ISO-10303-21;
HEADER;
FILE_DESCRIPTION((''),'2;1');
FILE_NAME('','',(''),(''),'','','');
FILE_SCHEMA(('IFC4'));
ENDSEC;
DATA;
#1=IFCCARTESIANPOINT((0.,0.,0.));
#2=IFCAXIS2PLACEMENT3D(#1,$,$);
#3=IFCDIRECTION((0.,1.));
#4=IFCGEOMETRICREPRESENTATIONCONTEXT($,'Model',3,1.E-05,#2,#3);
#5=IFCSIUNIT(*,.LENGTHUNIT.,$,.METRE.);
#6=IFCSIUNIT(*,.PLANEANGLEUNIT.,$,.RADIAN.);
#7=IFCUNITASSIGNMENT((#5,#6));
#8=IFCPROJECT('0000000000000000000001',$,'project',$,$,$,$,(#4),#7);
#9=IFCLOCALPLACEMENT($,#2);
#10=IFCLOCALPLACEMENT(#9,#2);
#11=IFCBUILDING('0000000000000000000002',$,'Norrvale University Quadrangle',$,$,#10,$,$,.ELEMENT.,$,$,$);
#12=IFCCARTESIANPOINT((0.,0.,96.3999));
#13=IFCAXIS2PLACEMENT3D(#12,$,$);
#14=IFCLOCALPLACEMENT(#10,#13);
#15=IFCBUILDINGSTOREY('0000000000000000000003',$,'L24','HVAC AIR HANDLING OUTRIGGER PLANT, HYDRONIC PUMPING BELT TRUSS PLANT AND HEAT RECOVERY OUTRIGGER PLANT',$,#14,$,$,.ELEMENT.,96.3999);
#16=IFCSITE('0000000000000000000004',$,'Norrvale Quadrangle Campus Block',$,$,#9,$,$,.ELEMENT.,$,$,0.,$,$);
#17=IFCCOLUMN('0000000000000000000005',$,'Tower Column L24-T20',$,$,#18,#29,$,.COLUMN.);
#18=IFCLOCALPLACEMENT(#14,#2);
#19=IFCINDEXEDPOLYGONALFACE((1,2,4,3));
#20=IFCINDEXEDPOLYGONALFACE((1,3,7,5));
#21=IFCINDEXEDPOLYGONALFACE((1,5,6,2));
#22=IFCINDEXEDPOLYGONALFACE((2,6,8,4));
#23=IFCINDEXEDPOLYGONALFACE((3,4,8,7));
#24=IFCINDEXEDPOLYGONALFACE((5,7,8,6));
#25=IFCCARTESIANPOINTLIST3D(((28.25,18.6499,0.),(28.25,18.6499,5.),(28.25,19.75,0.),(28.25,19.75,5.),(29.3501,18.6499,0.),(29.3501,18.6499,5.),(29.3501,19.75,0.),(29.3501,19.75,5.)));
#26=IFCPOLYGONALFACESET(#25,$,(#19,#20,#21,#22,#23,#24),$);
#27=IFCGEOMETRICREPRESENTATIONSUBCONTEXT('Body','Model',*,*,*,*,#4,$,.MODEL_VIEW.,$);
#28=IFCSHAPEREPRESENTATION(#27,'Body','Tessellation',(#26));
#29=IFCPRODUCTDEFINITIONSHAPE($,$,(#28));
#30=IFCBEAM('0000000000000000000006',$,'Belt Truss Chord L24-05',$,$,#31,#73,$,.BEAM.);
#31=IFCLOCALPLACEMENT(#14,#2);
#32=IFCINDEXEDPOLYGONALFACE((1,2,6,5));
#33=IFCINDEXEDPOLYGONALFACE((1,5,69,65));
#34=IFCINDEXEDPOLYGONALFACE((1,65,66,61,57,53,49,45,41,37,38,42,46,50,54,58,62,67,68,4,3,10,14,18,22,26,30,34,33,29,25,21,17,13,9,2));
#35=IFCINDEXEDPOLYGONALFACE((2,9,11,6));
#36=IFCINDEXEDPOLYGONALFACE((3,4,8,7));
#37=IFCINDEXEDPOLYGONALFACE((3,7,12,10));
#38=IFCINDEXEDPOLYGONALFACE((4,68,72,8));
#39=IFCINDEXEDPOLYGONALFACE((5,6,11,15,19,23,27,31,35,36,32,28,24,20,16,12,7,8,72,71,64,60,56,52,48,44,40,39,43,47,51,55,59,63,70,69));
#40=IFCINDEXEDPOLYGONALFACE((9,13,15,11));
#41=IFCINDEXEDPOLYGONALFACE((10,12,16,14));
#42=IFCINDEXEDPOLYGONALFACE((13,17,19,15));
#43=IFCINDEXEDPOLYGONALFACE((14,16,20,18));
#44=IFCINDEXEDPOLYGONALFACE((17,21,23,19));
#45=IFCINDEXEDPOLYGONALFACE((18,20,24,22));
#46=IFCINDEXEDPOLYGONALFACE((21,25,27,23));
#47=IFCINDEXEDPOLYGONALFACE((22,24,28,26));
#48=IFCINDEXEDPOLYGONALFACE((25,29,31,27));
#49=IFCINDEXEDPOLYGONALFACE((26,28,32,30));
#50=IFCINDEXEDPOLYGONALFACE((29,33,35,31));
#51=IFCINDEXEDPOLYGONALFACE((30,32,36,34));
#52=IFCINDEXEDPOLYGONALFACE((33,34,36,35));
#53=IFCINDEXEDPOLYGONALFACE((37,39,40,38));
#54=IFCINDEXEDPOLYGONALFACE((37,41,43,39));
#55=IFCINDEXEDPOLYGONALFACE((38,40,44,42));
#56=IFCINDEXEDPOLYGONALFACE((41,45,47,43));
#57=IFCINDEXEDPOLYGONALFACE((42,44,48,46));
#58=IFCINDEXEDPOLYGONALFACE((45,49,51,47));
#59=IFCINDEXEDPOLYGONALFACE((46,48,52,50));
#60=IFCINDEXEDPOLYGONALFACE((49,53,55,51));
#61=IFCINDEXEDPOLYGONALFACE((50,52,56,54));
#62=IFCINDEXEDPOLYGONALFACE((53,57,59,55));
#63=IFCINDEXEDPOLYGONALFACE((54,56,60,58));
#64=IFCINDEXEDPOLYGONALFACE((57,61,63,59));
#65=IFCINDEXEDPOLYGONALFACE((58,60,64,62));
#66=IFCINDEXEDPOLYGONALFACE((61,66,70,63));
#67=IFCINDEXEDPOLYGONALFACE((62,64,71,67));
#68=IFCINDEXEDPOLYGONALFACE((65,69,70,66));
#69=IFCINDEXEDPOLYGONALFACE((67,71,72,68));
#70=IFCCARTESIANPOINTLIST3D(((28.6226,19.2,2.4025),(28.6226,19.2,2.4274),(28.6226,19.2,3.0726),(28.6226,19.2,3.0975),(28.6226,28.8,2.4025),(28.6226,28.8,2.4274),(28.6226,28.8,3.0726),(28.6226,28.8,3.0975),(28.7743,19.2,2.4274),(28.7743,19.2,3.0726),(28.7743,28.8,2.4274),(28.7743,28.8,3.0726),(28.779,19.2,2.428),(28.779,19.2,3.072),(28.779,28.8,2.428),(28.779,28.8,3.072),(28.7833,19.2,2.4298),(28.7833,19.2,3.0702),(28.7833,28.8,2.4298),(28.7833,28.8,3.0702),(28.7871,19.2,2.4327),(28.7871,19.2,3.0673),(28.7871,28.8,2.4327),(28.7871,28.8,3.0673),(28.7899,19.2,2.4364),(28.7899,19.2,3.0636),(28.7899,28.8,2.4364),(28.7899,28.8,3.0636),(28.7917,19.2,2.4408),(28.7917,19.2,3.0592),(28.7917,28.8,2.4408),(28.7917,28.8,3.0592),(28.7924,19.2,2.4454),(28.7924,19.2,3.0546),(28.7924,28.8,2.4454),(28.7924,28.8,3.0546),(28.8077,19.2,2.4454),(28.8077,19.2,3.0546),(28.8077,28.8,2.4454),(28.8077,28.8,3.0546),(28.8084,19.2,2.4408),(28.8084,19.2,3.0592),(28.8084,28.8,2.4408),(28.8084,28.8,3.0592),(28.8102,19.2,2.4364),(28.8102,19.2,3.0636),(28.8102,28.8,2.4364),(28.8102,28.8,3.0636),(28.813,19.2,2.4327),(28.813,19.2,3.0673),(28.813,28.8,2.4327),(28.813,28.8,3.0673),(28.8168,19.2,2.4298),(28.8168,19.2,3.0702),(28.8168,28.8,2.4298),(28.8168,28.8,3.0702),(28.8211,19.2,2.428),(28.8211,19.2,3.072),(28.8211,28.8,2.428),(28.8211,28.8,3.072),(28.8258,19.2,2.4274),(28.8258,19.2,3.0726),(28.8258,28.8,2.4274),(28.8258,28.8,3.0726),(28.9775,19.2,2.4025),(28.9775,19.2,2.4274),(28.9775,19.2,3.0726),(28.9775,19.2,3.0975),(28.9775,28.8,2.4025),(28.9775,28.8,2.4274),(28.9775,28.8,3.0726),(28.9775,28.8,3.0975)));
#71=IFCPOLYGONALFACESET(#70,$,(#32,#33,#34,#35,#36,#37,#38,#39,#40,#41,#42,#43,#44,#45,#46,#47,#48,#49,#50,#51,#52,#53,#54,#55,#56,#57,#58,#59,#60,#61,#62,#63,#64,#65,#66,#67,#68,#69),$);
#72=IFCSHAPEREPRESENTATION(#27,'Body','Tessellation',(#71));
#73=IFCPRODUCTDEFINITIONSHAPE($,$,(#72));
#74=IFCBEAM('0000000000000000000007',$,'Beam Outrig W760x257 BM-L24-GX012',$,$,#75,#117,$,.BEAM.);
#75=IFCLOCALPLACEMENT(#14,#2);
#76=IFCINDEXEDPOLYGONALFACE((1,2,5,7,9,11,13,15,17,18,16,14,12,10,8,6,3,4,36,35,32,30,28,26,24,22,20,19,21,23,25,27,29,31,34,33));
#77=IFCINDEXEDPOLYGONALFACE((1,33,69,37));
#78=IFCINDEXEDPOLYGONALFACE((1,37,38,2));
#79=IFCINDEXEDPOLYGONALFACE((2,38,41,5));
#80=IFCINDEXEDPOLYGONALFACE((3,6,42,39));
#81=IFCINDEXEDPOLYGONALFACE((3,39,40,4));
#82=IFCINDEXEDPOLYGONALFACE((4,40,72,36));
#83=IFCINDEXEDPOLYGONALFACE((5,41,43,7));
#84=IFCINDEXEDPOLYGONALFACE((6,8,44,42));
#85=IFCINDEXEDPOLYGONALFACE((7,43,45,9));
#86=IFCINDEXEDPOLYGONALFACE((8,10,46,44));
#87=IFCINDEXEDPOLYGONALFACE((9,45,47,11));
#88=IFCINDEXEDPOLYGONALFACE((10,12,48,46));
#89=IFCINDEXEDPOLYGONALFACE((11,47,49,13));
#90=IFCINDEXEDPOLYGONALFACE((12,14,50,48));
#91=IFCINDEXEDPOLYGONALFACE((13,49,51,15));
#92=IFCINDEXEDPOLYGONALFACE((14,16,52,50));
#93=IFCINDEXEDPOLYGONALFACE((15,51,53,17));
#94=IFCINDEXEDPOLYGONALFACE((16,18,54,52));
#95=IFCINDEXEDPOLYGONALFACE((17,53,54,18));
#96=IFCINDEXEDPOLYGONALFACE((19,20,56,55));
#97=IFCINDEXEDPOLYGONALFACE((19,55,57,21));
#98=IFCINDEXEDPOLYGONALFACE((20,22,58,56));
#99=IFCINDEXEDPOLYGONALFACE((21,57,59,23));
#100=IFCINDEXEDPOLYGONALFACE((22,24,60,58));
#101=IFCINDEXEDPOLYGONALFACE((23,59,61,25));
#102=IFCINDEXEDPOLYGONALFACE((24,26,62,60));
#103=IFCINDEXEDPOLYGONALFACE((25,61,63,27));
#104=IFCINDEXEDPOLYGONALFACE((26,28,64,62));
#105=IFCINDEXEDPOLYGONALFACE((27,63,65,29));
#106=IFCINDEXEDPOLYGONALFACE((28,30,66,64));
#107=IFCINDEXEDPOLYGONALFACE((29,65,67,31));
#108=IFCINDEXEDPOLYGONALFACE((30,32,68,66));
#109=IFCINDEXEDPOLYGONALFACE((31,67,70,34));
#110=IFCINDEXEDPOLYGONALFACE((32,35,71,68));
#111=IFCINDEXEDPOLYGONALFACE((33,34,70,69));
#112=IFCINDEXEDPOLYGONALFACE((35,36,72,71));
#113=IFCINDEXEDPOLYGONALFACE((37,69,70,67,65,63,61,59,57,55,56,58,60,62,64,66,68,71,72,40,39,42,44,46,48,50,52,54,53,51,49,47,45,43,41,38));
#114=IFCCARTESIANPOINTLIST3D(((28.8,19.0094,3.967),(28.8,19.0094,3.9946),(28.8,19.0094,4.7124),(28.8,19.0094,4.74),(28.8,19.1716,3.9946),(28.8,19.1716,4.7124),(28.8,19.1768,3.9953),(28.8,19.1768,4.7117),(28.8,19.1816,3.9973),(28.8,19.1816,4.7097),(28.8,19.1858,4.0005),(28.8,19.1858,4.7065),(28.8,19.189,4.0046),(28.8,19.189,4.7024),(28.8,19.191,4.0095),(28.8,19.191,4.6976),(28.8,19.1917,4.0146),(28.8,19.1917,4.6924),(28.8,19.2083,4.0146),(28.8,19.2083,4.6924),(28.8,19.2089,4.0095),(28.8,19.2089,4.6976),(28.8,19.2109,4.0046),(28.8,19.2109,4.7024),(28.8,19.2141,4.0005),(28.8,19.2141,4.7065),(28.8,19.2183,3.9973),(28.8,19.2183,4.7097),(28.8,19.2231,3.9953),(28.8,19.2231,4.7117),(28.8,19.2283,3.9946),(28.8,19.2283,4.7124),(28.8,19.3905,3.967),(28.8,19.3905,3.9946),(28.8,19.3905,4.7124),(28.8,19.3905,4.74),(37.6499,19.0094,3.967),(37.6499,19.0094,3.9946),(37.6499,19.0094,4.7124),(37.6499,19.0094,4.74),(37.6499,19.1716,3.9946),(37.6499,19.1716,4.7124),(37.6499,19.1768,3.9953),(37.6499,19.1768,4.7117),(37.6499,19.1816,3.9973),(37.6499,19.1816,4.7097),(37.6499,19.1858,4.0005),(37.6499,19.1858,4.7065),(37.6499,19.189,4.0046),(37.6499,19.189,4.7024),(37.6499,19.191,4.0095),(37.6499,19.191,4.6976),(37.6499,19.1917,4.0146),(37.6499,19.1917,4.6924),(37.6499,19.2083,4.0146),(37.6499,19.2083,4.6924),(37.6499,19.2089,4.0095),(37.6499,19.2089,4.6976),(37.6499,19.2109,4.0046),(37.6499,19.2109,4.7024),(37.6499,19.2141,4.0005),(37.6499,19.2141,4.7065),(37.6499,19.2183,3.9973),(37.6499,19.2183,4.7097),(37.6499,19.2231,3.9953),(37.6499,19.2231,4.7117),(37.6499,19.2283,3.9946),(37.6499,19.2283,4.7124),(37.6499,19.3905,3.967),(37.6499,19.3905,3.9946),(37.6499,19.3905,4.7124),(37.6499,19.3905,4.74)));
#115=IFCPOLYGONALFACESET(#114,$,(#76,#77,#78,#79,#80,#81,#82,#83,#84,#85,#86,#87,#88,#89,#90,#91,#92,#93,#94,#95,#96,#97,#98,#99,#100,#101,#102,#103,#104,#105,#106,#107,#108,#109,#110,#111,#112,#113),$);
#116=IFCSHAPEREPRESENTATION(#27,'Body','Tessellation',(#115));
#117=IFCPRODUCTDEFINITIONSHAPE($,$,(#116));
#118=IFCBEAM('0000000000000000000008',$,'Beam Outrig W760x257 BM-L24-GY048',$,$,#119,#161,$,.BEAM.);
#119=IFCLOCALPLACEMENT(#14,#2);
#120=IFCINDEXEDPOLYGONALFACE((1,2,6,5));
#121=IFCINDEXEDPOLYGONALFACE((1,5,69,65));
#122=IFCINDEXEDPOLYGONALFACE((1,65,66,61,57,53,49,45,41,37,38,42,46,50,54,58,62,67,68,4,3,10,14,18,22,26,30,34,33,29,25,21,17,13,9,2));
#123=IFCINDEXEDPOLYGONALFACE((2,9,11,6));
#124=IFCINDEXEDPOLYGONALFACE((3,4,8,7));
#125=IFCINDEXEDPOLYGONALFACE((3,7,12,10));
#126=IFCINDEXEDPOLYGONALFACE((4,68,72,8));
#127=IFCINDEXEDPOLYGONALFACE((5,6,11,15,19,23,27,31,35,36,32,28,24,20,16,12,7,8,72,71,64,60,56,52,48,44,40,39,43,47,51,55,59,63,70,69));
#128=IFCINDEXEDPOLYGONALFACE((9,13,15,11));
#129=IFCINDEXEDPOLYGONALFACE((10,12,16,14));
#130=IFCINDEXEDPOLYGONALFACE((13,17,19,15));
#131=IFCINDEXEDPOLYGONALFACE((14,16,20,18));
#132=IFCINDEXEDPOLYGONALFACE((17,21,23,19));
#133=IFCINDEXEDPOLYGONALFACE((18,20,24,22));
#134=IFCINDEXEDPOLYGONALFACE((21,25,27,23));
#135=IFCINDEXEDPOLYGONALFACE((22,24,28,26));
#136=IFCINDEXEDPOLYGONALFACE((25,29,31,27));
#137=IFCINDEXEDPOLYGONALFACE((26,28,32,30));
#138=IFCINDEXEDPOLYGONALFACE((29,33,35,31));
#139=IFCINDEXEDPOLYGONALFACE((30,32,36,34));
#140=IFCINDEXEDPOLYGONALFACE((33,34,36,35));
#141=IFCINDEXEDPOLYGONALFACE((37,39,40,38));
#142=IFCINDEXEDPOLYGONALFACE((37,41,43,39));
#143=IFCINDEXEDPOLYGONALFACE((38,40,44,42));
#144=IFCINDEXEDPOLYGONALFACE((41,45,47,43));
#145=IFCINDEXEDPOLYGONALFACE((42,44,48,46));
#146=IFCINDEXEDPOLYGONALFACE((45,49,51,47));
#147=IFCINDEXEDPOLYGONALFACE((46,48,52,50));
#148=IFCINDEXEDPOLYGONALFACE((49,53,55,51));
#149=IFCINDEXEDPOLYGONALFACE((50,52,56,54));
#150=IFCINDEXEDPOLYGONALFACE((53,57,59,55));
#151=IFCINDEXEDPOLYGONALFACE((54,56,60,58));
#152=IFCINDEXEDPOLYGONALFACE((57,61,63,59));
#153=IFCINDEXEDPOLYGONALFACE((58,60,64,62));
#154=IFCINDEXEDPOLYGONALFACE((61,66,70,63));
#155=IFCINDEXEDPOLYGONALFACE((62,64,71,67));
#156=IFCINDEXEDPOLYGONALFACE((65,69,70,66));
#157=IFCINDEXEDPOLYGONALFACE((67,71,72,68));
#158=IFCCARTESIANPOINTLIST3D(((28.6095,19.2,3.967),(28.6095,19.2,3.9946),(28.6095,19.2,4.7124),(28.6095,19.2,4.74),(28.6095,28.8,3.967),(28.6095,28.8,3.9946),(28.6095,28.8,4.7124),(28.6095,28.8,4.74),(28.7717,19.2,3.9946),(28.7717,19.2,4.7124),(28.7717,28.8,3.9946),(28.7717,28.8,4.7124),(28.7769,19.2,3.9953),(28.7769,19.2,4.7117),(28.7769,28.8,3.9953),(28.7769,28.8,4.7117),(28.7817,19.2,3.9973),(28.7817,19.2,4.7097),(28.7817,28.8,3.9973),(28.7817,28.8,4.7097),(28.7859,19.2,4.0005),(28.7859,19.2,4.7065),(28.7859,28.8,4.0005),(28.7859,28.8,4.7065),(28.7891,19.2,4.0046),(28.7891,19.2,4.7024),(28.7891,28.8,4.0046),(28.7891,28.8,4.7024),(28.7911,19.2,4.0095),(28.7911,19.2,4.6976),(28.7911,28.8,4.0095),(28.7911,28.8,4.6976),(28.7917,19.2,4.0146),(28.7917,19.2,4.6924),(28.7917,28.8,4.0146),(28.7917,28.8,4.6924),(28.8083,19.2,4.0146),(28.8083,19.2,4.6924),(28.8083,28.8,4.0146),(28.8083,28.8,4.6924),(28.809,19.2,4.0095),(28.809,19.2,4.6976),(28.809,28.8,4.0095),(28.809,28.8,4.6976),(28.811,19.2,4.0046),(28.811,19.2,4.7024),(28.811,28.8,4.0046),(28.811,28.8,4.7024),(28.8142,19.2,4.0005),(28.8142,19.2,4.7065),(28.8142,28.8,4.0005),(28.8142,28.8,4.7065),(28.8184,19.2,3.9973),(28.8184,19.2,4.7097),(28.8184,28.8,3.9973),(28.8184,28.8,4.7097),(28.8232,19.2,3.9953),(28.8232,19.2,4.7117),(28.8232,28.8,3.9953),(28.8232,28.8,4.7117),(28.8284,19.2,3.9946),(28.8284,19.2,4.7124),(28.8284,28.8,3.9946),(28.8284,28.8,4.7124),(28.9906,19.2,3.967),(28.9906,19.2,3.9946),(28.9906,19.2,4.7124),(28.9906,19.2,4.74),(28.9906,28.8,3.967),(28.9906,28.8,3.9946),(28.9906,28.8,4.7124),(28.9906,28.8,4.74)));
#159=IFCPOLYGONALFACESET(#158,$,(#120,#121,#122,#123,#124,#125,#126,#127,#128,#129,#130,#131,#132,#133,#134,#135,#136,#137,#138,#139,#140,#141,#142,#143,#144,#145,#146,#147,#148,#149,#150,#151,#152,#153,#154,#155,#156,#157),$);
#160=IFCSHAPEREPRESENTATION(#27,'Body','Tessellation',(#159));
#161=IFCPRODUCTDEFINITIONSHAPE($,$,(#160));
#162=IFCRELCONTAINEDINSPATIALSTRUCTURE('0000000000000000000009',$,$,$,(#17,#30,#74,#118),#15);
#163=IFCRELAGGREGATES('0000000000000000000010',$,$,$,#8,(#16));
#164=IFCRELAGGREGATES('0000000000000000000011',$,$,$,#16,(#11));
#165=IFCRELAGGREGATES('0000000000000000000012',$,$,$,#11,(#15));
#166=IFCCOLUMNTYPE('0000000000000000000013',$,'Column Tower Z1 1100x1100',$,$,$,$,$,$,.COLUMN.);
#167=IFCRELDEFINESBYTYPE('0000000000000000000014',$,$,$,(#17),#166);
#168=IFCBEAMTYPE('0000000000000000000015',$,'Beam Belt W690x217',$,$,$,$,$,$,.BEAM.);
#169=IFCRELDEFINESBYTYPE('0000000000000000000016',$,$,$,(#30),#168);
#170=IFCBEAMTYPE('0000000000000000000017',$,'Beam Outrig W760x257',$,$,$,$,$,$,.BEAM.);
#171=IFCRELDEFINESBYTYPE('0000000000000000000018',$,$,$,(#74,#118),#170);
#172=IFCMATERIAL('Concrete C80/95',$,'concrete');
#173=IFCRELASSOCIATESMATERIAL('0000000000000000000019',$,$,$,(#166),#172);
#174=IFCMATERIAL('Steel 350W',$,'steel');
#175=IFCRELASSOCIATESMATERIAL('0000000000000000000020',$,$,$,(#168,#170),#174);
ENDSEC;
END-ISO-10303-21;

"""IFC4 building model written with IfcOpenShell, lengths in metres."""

from ifc_helpers import new_model, si_unit, direction, frame, origin, origin_2d, place, context, subcontext, project, spatial, rectangle, i_section, extrude, material, material_profile, profile_set, type_object, element, save


model = new_model("IFC4")

# Units and contexts
model_context = context("Model", 3, precision=1e-05, world=origin(), true_north=direction((0.0, 1.0)))
body_context = subcontext(model_context, "Body", "Model", "MODEL_VIEW")
ifc_project = project(units=[si_unit("LENGTHUNIT", "METRE"), si_unit("PLANEANGLEUNIT", "RADIAN")], contexts=[model_context])

# Site, building, storey
site_placement = place(None, origin())
site = spatial("IfcSite", under=ifc_project, at=site_placement, Name="Norrvale Quadrangle Campus Block", CompositionType="ELEMENT", RefElevation=0.0)
building_placement = place(site_placement, origin())
building = spatial("IfcBuilding", under=site, at=building_placement, Name="Norrvale University Quadrangle", CompositionType="ELEMENT")
storey_placement = place(building_placement, frame((0.0, 0.0, 96.3999)))
storey = spatial("IfcBuildingStorey", under=building, at=storey_placement, Name="L24", Description="HVAC AIR HANDLING OUTRIGGER PLANT, HYDRONIC PUMPING BELT TRUSS PLANT AND HEAT RECOVERY OUTRIGGER PLANT", CompositionType="ELEMENT", Elevation=96.3999)

# Column
ifc_material_1 = material(Name="Concrete C80/95", Category="concrete")
ifc_material_profile_1 = material_profile(ifc_material_1, rectangle(XDim=1.1001, YDim=1.1001, at=origin_2d()), Name="Concrete C80/95")
ifc_profile_set_1 = profile_set([ifc_material_profile_1], Name="Concrete C80/95")
column_type = type_object("IfcColumnType", Name="Column Tower Z1 1100x1100", PredefinedType="COLUMN", material=ifc_profile_set_1)
column_placement = place(storey_placement, frame((28.8, 19.2, 0.0), z_axis=(0.0, 0.0, 1.0), x_axis=(1.0, 0.0, 0.0)))
element("IfcColumn", 1, at=column_placement, inside=storey, type_object=column_type, Name="Tower Column L24-T20", PredefinedType="COLUMN", context=body_context, shape_type="SweptSolid", body=[
    extrude(rectangle(XDim=1.1001, YDim=1.1001, at=origin_2d()), origin(), (0.0, 0.0, 1.0), 5.0),
])

# Beams
ifc_material_2 = material(Name="Steel 350W", Category="steel")
ifc_material_profile_2 = material_profile(ifc_material_2, i_section(OverallWidth=0.355, OverallDepth=0.6951, WebThickness=0.0154, FlangeThickness=0.0249, FilletRadius=0.0181, at=origin_2d()), Name="Steel 350W")
ifc_profile_set_2 = profile_set([ifc_material_profile_2], Name="Steel 350W")
beam_type_1 = type_object("IfcBeamType", Name="Beam Belt W690x217", PredefinedType="BEAM", material=ifc_profile_set_2)
beam_1_placement = place(storey_placement, frame((28.8, 19.2, 2.75), z_axis=(0.0, 1.0, 0.0), x_axis=(-1.0, 0.0, 0.0)))
element("IfcBeam", 2, at=beam_1_placement, inside=storey, type_object=beam_type_1, Name="Belt Truss Chord L24-05", PredefinedType="BEAM", context=body_context, shape_type="SweptSolid", body=[
    extrude(i_section(OverallWidth=0.355, OverallDepth=0.6951, WebThickness=0.0154, FlangeThickness=0.0249, FilletRadius=0.0181, at=origin_2d()), origin(), (0.0, 0.0, 1.0), 9.6001),
])
ifc_material_profile_3 = material_profile(ifc_material_2, i_section(OverallWidth=0.3811, OverallDepth=0.7729, WebThickness=0.0166, FlangeThickness=0.0276, FilletRadius=0.02, at=origin_2d()), Name="Steel 350W")
ifc_profile_set_3 = profile_set([ifc_material_profile_3], Name="Steel 350W")
beam_type_2 = type_object("IfcBeamType", Name="Beam Outrig W760x257", PredefinedType="BEAM", material=ifc_profile_set_3)
beam_2_placement = place(storey_placement, frame((28.8, 19.2, 4.3535), z_axis=(1.0, 0.0, 0.0), x_axis=(0.0, 1.0, 0.0)))
element("IfcBeam", 3, at=beam_2_placement, inside=storey, type_object=beam_type_2, Name="Beam Outrig W760x257 BM-L24-GX012", PredefinedType="BEAM", context=body_context, shape_type="SweptSolid", body=[
    extrude(i_section(OverallWidth=0.3811, OverallDepth=0.7729, WebThickness=0.0166, FlangeThickness=0.0276, FilletRadius=0.02, at=origin_2d()), origin(), (0.0, 0.0, 1.0), 8.8499),
])
beam_3_placement = place(storey_placement, frame((28.8, 19.2, 4.3535), z_axis=(0.0, 1.0, 0.0), x_axis=(-1.0, 0.0, 0.0)))
element("IfcBeam", 4, at=beam_3_placement, inside=storey, type_object=beam_type_2, Name="Beam Outrig W760x257 BM-L24-GY048", PredefinedType="BEAM", context=body_context, shape_type="SweptSolid", body=[
    extrude(i_section(OverallWidth=0.3811, OverallDepth=0.7729, WebThickness=0.0166, FlangeThickness=0.0276, FilletRadius=0.02, at=origin_2d()), origin(), (0.0, 0.0, 1.0), 9.6001),
])

save(model, "model.ifc")
